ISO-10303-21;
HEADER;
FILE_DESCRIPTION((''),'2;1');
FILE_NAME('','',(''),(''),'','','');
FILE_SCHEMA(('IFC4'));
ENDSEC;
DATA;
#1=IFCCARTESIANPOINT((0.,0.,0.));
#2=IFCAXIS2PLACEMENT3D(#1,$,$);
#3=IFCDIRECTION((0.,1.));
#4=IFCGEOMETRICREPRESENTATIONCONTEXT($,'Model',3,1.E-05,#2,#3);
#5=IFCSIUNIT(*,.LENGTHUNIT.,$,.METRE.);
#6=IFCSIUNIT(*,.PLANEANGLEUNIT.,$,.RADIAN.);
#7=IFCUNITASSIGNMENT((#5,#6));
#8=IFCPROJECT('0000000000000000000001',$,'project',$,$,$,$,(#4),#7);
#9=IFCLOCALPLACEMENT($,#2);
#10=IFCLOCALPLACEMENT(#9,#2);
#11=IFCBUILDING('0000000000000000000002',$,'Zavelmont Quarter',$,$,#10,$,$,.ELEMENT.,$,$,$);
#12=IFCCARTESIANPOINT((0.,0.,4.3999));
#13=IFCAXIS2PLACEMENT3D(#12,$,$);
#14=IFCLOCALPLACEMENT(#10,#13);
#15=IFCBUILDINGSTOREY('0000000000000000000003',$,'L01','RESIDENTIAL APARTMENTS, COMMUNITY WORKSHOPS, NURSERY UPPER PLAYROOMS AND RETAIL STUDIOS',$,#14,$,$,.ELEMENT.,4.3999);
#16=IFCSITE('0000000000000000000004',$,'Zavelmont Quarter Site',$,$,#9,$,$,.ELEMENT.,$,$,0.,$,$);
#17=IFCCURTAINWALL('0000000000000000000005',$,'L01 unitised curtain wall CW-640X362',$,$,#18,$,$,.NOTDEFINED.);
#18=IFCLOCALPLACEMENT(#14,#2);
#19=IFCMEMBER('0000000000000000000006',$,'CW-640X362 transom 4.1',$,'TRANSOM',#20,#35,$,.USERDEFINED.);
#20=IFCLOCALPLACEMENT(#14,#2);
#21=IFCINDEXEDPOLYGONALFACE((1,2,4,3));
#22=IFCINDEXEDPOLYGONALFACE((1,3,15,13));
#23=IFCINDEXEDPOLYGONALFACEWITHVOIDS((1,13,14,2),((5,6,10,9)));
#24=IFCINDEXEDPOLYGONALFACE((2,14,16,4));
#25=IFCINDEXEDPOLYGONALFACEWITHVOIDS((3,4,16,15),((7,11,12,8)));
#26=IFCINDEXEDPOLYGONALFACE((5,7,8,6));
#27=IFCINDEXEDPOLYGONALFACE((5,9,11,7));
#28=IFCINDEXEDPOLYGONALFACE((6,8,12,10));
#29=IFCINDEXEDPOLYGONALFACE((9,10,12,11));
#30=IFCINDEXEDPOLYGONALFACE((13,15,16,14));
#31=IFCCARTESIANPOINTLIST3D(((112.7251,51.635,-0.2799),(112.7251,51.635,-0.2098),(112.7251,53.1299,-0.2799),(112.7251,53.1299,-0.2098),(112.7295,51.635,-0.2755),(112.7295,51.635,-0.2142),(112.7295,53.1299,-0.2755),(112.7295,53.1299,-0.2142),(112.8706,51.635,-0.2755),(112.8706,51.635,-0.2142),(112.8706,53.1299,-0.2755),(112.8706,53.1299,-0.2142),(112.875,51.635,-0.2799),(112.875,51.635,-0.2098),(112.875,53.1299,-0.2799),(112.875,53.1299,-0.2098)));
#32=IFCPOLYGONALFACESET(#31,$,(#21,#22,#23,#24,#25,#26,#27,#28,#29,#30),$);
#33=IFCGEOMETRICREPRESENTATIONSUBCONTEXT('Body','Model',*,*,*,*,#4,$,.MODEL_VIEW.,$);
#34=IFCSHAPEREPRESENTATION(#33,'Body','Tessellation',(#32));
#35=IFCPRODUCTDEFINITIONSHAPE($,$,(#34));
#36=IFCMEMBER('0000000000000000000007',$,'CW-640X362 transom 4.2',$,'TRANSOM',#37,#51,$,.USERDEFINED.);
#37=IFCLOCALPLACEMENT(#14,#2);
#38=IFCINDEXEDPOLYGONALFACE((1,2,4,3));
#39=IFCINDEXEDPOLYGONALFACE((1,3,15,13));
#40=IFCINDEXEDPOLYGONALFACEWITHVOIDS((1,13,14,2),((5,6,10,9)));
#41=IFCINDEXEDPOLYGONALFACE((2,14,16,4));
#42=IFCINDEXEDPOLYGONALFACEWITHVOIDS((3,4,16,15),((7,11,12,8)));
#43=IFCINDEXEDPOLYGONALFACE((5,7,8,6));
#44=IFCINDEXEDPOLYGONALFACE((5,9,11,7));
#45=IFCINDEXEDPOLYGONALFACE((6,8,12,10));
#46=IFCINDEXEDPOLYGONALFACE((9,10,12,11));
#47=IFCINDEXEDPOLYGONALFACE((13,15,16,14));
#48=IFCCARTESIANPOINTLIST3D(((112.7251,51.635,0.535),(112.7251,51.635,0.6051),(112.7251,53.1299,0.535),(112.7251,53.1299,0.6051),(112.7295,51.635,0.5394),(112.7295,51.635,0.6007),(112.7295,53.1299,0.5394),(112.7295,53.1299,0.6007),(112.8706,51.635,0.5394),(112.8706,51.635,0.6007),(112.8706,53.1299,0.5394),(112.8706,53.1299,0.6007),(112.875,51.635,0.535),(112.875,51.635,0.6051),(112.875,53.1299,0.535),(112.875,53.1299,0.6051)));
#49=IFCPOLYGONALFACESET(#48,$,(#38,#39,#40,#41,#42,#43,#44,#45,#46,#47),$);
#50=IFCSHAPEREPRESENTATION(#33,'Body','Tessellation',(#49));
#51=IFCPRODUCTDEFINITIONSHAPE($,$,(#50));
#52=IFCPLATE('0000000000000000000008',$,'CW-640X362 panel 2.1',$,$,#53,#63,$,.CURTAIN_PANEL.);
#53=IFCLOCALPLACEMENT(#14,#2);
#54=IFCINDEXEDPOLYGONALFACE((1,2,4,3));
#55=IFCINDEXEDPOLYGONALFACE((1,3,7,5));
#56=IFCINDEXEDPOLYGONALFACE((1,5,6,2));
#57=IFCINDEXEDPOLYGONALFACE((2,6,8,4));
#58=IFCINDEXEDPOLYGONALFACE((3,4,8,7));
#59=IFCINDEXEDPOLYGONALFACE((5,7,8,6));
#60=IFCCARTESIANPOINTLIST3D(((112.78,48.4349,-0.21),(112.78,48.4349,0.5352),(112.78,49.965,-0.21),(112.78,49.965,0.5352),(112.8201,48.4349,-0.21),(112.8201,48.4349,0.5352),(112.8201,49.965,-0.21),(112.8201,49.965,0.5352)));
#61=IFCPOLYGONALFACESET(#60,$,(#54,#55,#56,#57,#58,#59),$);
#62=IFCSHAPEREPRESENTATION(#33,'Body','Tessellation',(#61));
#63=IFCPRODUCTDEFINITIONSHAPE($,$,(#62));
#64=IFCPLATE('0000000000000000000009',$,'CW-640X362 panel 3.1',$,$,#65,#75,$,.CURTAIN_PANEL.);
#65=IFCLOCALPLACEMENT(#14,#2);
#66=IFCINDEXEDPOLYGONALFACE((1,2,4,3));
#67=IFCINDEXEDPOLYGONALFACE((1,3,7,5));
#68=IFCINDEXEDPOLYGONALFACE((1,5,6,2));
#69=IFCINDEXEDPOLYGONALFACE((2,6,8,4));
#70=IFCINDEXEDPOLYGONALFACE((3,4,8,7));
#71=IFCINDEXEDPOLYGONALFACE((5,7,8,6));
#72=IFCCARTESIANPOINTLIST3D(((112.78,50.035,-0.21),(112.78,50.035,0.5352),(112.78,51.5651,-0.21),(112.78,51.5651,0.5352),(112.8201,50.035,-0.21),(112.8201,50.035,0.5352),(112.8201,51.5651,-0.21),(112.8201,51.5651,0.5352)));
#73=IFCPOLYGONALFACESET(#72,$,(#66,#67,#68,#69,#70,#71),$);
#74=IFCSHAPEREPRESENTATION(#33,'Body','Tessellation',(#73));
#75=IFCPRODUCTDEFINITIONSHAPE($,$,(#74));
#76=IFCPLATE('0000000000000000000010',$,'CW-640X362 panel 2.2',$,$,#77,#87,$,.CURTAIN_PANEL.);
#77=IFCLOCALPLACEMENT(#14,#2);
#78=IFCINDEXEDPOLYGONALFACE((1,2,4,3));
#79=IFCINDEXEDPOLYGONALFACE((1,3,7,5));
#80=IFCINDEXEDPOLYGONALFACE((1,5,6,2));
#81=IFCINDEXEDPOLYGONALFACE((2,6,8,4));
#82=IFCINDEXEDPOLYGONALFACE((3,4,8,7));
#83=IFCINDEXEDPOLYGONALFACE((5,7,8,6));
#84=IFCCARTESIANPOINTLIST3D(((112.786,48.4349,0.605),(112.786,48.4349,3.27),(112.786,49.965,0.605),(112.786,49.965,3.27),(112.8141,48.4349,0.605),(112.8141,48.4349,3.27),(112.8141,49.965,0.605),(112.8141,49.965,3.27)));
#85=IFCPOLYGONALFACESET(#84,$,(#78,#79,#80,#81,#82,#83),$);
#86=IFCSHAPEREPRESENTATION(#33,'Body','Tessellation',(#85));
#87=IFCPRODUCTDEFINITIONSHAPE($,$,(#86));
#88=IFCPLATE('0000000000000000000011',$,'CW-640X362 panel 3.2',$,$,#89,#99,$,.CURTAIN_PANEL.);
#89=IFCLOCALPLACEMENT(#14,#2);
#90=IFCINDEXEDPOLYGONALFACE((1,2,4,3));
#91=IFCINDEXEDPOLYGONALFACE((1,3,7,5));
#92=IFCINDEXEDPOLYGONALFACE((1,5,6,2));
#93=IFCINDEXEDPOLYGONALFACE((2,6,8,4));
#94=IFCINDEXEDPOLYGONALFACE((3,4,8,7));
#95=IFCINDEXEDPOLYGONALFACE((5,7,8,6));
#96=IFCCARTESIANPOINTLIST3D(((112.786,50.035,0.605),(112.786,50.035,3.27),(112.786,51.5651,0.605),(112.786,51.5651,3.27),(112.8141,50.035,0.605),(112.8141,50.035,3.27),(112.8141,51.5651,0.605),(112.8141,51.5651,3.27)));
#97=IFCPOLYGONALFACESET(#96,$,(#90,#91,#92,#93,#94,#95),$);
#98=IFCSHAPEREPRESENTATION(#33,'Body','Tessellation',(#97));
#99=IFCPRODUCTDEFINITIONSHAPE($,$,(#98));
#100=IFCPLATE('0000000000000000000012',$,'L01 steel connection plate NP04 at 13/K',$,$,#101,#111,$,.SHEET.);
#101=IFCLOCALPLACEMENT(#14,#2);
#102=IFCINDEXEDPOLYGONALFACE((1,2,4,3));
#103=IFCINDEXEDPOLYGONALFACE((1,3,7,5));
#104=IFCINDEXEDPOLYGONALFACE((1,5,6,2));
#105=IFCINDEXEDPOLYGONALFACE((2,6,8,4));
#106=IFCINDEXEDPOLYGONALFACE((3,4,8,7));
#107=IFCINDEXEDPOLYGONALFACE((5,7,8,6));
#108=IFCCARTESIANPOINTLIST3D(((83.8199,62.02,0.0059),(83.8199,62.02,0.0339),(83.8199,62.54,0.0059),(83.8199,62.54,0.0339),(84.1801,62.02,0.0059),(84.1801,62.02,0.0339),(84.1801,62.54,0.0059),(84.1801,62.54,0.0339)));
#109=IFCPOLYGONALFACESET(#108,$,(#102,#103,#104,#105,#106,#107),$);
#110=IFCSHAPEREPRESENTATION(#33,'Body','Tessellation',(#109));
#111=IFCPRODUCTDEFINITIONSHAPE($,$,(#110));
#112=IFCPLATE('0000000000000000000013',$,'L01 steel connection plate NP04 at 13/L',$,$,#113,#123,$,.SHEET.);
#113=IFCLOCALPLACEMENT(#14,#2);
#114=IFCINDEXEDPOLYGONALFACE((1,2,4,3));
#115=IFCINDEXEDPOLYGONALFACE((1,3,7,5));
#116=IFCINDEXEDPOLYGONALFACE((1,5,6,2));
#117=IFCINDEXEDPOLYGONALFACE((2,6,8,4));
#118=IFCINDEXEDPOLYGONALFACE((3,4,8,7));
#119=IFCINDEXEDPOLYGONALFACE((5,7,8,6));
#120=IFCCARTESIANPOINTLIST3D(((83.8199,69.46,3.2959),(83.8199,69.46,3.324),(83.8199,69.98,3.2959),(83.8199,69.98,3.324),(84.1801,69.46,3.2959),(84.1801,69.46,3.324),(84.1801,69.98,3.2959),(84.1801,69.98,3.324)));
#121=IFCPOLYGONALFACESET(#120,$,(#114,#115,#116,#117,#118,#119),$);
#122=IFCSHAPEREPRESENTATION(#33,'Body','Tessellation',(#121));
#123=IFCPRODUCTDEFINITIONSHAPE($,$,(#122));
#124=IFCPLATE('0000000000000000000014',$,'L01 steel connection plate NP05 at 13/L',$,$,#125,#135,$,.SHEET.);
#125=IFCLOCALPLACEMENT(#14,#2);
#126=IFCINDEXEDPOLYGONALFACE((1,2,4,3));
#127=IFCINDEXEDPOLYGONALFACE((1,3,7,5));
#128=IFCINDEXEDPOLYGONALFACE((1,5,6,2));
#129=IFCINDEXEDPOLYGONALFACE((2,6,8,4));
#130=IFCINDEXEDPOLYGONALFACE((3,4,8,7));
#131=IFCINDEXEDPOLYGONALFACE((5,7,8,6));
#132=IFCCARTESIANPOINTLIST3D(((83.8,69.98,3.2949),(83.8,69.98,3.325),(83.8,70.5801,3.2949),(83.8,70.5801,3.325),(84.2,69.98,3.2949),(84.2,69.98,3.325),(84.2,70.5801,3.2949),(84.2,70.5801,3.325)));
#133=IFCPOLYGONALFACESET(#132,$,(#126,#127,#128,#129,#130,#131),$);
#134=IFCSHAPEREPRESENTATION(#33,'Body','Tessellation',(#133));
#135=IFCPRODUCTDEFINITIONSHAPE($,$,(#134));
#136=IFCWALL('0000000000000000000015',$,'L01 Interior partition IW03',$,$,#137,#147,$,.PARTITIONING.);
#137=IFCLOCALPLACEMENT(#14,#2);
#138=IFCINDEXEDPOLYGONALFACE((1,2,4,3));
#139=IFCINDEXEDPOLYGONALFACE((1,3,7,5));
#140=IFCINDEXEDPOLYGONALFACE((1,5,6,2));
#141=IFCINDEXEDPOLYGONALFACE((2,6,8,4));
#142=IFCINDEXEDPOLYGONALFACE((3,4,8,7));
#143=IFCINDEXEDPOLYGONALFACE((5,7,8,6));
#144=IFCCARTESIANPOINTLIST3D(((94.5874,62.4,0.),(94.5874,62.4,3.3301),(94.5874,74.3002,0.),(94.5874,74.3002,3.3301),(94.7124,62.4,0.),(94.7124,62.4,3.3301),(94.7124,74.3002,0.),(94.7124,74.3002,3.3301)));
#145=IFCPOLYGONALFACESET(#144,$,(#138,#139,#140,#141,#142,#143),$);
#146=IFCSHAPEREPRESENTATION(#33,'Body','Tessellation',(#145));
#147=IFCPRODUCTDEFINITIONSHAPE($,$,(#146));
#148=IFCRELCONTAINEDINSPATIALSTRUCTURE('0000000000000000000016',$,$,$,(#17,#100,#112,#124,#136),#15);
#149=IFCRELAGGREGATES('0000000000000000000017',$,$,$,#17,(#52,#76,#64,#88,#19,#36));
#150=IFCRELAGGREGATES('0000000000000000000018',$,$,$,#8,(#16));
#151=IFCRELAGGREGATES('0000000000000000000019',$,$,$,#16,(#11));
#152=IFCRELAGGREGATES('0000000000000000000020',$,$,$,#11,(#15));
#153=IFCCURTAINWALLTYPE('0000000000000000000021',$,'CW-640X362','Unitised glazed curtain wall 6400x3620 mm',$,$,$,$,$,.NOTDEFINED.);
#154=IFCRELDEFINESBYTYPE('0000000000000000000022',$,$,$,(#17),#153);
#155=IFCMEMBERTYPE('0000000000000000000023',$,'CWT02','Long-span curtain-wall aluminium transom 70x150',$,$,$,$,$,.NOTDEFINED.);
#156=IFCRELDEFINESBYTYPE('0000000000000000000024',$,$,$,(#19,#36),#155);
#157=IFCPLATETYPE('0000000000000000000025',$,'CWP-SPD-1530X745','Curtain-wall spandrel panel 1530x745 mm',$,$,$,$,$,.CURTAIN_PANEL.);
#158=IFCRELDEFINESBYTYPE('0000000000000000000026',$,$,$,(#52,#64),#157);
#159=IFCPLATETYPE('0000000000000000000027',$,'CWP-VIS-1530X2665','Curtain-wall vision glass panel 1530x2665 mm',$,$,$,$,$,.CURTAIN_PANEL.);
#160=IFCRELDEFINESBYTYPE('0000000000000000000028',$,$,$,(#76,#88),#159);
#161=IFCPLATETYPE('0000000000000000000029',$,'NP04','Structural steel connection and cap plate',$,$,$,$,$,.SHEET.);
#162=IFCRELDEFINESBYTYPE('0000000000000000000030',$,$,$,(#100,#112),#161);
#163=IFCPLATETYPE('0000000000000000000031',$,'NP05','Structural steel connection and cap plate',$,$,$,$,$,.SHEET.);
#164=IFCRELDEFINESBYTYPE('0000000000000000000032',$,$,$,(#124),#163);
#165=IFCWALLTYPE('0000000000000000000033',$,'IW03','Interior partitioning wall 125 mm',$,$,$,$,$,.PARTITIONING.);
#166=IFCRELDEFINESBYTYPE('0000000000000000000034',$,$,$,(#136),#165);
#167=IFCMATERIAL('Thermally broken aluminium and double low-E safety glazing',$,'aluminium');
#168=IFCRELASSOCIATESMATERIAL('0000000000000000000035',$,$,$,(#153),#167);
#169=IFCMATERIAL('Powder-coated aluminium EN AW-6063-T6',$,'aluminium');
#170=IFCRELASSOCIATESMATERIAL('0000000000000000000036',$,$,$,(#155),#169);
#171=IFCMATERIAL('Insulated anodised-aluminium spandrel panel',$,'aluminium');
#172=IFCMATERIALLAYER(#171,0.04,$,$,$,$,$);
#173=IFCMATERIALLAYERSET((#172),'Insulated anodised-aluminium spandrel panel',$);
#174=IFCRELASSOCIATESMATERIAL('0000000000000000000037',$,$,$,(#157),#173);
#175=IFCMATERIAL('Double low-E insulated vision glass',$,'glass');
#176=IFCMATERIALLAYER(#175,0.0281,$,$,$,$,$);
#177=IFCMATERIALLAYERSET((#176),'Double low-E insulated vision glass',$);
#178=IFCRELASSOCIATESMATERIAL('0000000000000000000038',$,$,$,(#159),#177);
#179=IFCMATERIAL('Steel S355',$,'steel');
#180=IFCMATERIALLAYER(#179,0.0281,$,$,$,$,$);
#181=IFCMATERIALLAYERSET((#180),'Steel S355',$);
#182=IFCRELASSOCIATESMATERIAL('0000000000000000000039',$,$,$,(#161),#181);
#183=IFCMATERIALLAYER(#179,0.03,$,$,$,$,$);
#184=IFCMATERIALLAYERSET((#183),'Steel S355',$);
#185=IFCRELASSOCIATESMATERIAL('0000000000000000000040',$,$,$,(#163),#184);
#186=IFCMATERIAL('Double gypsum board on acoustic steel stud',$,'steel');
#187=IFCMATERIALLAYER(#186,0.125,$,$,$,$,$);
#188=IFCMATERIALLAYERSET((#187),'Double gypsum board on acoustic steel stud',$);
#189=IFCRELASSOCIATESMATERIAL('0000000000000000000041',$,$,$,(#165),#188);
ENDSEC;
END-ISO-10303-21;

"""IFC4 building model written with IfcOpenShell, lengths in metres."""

from ifc_helpers import new_model, si_unit, direction, frame, frame_2d, origin, origin_2d, place, context, subcontext, project, spatial, rectangle, hollow_rectangle, extrude, material, layer, layer_set, material_profile, profile_set, type_object, element, aggregate, save


model = new_model("IFC4")

# Units and contexts
model_context = context("Model", 3, precision=1e-05, world=origin(), true_north=direction((0.0, 1.0)))
body_context = subcontext(model_context, "Body", "Model", "MODEL_VIEW")
ifc_project = project(units=[si_unit("LENGTHUNIT", "METRE"), si_unit("PLANEANGLEUNIT", "RADIAN")], contexts=[model_context])

# Site, building, storey
site_placement = place(None, origin())
site = spatial("IfcSite", under=ifc_project, at=site_placement, Name="Zavelmont Quarter Site", CompositionType="ELEMENT", RefElevation=0.0)
building_placement = place(site_placement, origin())
building = spatial("IfcBuilding", under=site, at=building_placement, Name="Zavelmont Quarter", CompositionType="ELEMENT")
storey_placement = place(building_placement, frame((0.0, 0.0, 4.3999)))
storey = spatial("IfcBuildingStorey", under=building, at=storey_placement, Name="L01", Description="RESIDENTIAL APARTMENTS, COMMUNITY WORKSHOPS, NURSERY UPPER PLAYROOMS AND RETAIL STUDIOS", CompositionType="ELEMENT", Elevation=4.3999)

# Shared definitions
ifc_material_1 = material(Name="Steel S355", Category="steel")

# Curtain wall, members, plates
ifc_material_2 = material(Name="Thermally broken aluminium and double low-E safety glazing", Category="aluminium")
curtain_wall_type = type_object("IfcCurtainWallType", Name="CW-640X362", Description="Unitised glazed curtain wall 6400x3620 mm", PredefinedType="NOTDEFINED", material=ifc_material_2)
curtain_wall_placement = place(storey_placement, origin())
curtain_wall = element("IfcCurtainWall", 1, at=curtain_wall_placement, inside=storey, type_object=curtain_wall_type, Name="L01 unitised curtain wall CW-640X362", PredefinedType="NOTDEFINED")
ifc_material_3 = material(Name="Powder-coated aluminium EN AW-6063-T6", Category="aluminium")
ifc_material_profile_1 = material_profile(ifc_material_3, hollow_rectangle(XDim=0.1499, YDim=0.0701, WallThickness=0.0044, at=origin_2d()), Name="CWT70X150")
ifc_profile_set_1 = profile_set([ifc_material_profile_1], Name="Powder-coated aluminium EN AW-6063-T6")
member_type_1 = type_object("IfcMemberType", Name="CWT02", Description="Long-span curtain-wall aluminium transom 70x150", PredefinedType="NOTDEFINED", material=ifc_profile_set_1)
member_1_placement = place(storey_placement, frame((112.8, 51.635, -0.2449), z_axis=(0.0, 1.0, 0.0), x_axis=(-1.0, 0.0, 0.0)))
member_1 = element("IfcMember", 2, at=member_1_placement, type_object=member_type_1, Name="CW-640X362 transom 4.1", ObjectType="TRANSOM", PredefinedType="USERDEFINED", context=body_context, shape_type="SweptSolid", body=[
    extrude(hollow_rectangle(XDim=0.1499, YDim=0.0701, WallThickness=0.0044, at=origin_2d()), origin(), (0.0, 0.0, 1.0), 1.4949),
])
member_2_placement = place(storey_placement, frame((112.8, 51.635, 0.5701), z_axis=(0.0, 1.0, 0.0), x_axis=(-1.0, 0.0, 0.0)))
member_2 = element("IfcMember", 3, at=member_2_placement, type_object=member_type_1, Name="CW-640X362 transom 4.2", ObjectType="TRANSOM", PredefinedType="USERDEFINED", context=body_context, shape_type="SweptSolid", body=[
    extrude(hollow_rectangle(XDim=0.1499, YDim=0.0701, WallThickness=0.0044, at=origin_2d()), origin(), (0.0, 0.0, 1.0), 1.4949),
])
ifc_material_4 = material(Name="Insulated anodised-aluminium spandrel panel", Category="aluminium")
ifc_layer_1 = layer(ifc_material_4, 0.04)
ifc_layer_set_1 = layer_set([ifc_layer_1], Name="Insulated anodised-aluminium spandrel panel")
plate_type_1 = type_object("IfcPlateType", Name="CWP-SPD-1530X745", Description="Curtain-wall spandrel panel 1530x745 mm", PredefinedType="CURTAIN_PANEL", material=ifc_layer_set_1)
plate_1_placement = place(storey_placement, frame((112.8, 49.2, -0.21), z_axis=(0.0, 0.0, 1.0), x_axis=(0.0, 1.0, 0.0)))
plate_1 = element("IfcPlate", 4, at=plate_1_placement, type_object=plate_type_1, Name="CW-640X362 panel 2.1", PredefinedType="CURTAIN_PANEL", context=body_context, shape_type="SweptSolid", body=[
    extrude(rectangle(XDim=1.53, YDim=0.04, at=origin_2d()), origin(), (0.0, 0.0, 1.0), 0.7451),
])
plate_2_placement = place(storey_placement, frame((112.8, 50.8, -0.21), z_axis=(0.0, 0.0, 1.0), x_axis=(0.0, 1.0, 0.0)))
plate_2 = element("IfcPlate", 5, at=plate_2_placement, type_object=plate_type_1, Name="CW-640X362 panel 3.1", PredefinedType="CURTAIN_PANEL", context=body_context, shape_type="SweptSolid", body=[
    extrude(rectangle(XDim=1.53, YDim=0.04, at=origin_2d()), origin(), (0.0, 0.0, 1.0), 0.7451),
])
ifc_material_5 = material(Name="Double low-E insulated vision glass", Category="glass")
ifc_layer_2 = layer(ifc_material_5, 0.0281)
ifc_layer_set_2 = layer_set([ifc_layer_2], Name="Double low-E insulated vision glass")
plate_type_2 = type_object("IfcPlateType", Name="CWP-VIS-1530X2665", Description="Curtain-wall vision glass panel 1530x2665 mm", PredefinedType="CURTAIN_PANEL", material=ifc_layer_set_2)
plate_3_placement = place(storey_placement, frame((112.8, 49.2, 0.605), z_axis=(0.0, 0.0, 1.0), x_axis=(0.0, 1.0, 0.0)))
plate_3 = element("IfcPlate", 6, at=plate_3_placement, type_object=plate_type_2, Name="CW-640X362 panel 2.2", PredefinedType="CURTAIN_PANEL", context=body_context, shape_type="SweptSolid", body=[
    extrude(rectangle(XDim=1.53, YDim=0.0281, at=origin_2d()), origin(), (0.0, 0.0, 1.0), 2.665),
])
plate_4_placement = place(storey_placement, frame((112.8, 50.8, 0.605), z_axis=(0.0, 0.0, 1.0), x_axis=(0.0, 1.0, 0.0)))
plate_4 = element("IfcPlate", 7, at=plate_4_placement, type_object=plate_type_2, Name="CW-640X362 panel 3.2", PredefinedType="CURTAIN_PANEL", context=body_context, shape_type="SweptSolid", body=[
    extrude(rectangle(XDim=1.53, YDim=0.0281, at=origin_2d()), origin(), (0.0, 0.0, 1.0), 2.665),
])
aggregate(curtain_wall, [plate_1, plate_3, plate_2, plate_4, member_1, member_2])

# Plates
ifc_layer_3 = layer(ifc_material_1, 0.0281)
ifc_layer_set_3 = layer_set([ifc_layer_3], Name="Steel S355")
plate_type_3 = type_object("IfcPlateType", Name="NP04", Description="Structural steel connection and cap plate", PredefinedType="SHEET", material=ifc_layer_set_3)
for number, where, z_axis, x_axis, name in (
    (8, (84.0, 62.28, 0.0059), (0.0, 0.0, 1.0), (0.0, 1.0, 0.0), "L01 steel connection plate NP04 at 13/K"),
    (9, (84.0, 69.72, 3.2959), (0.0, 0.0, 1.0), (0.0, 1.0, 0.0), "L01 steel connection plate NP04 at 13/L"),
):
    element("IfcPlate", number, at=place(storey_placement, frame(where, z_axis=z_axis, x_axis=x_axis)), inside=storey, type_object=plate_type_3, Name=name, PredefinedType="SHEET", context=body_context, shape_type="SweptSolid", body=[
        extrude(rectangle(XDim=0.52, YDim=0.3601, at=origin_2d()), origin(), (0.0, 0.0, 1.0), 0.0281),
    ])
ifc_layer_4 = layer(ifc_material_1, 0.03)
ifc_layer_set_4 = layer_set([ifc_layer_4], Name="Steel S355")
plate_type_4 = type_object("IfcPlateType", Name="NP05", Description="Structural steel connection and cap plate", PredefinedType="SHEET", material=ifc_layer_set_4)
plate_5_placement = place(storey_placement, frame((84.0, 70.28, 3.2949), z_axis=(0.0, 0.0, 1.0), x_axis=(0.0, 1.0, 0.0)))
element("IfcPlate", 10, at=plate_5_placement, inside=storey, type_object=plate_type_4, Name="L01 steel connection plate NP05 at 13/L", PredefinedType="SHEET", context=body_context, shape_type="SweptSolid", body=[
    extrude(rectangle(XDim=0.6001, YDim=0.3999, at=origin_2d()), origin(), (0.0, 0.0, 1.0), 0.03),
])

# Wall
ifc_material_6 = material(Name="Double gypsum board on acoustic steel stud", Category="steel")
ifc_layer_5 = layer(ifc_material_6, 0.125)
ifc_layer_set_5 = layer_set([ifc_layer_5], Name="Double gypsum board on acoustic steel stud")
wall_type = type_object("IfcWallType", Name="IW03", Description="Interior partitioning wall 125 mm", PredefinedType="PARTITIONING", material=ifc_layer_set_5)
wall_placement = place(storey_placement, frame((94.6499, 62.3999, 0.0), z_axis=(0.0, 0.0, 1.0), x_axis=(0.0, 1.0, 0.0)))
element("IfcWall", 11, at=wall_placement, inside=storey, type_object=wall_type, Name="L01 Interior partition IW03", PredefinedType="PARTITIONING", context=body_context, shape_type="SweptSolid", body=[
    extrude(rectangle(XDim=11.9001, YDim=0.125, at=frame_2d((5.9502, 0.0))), origin(), (0.0, 0.0, 1.0), 3.3301),
])

save(model, "model.ifc")
